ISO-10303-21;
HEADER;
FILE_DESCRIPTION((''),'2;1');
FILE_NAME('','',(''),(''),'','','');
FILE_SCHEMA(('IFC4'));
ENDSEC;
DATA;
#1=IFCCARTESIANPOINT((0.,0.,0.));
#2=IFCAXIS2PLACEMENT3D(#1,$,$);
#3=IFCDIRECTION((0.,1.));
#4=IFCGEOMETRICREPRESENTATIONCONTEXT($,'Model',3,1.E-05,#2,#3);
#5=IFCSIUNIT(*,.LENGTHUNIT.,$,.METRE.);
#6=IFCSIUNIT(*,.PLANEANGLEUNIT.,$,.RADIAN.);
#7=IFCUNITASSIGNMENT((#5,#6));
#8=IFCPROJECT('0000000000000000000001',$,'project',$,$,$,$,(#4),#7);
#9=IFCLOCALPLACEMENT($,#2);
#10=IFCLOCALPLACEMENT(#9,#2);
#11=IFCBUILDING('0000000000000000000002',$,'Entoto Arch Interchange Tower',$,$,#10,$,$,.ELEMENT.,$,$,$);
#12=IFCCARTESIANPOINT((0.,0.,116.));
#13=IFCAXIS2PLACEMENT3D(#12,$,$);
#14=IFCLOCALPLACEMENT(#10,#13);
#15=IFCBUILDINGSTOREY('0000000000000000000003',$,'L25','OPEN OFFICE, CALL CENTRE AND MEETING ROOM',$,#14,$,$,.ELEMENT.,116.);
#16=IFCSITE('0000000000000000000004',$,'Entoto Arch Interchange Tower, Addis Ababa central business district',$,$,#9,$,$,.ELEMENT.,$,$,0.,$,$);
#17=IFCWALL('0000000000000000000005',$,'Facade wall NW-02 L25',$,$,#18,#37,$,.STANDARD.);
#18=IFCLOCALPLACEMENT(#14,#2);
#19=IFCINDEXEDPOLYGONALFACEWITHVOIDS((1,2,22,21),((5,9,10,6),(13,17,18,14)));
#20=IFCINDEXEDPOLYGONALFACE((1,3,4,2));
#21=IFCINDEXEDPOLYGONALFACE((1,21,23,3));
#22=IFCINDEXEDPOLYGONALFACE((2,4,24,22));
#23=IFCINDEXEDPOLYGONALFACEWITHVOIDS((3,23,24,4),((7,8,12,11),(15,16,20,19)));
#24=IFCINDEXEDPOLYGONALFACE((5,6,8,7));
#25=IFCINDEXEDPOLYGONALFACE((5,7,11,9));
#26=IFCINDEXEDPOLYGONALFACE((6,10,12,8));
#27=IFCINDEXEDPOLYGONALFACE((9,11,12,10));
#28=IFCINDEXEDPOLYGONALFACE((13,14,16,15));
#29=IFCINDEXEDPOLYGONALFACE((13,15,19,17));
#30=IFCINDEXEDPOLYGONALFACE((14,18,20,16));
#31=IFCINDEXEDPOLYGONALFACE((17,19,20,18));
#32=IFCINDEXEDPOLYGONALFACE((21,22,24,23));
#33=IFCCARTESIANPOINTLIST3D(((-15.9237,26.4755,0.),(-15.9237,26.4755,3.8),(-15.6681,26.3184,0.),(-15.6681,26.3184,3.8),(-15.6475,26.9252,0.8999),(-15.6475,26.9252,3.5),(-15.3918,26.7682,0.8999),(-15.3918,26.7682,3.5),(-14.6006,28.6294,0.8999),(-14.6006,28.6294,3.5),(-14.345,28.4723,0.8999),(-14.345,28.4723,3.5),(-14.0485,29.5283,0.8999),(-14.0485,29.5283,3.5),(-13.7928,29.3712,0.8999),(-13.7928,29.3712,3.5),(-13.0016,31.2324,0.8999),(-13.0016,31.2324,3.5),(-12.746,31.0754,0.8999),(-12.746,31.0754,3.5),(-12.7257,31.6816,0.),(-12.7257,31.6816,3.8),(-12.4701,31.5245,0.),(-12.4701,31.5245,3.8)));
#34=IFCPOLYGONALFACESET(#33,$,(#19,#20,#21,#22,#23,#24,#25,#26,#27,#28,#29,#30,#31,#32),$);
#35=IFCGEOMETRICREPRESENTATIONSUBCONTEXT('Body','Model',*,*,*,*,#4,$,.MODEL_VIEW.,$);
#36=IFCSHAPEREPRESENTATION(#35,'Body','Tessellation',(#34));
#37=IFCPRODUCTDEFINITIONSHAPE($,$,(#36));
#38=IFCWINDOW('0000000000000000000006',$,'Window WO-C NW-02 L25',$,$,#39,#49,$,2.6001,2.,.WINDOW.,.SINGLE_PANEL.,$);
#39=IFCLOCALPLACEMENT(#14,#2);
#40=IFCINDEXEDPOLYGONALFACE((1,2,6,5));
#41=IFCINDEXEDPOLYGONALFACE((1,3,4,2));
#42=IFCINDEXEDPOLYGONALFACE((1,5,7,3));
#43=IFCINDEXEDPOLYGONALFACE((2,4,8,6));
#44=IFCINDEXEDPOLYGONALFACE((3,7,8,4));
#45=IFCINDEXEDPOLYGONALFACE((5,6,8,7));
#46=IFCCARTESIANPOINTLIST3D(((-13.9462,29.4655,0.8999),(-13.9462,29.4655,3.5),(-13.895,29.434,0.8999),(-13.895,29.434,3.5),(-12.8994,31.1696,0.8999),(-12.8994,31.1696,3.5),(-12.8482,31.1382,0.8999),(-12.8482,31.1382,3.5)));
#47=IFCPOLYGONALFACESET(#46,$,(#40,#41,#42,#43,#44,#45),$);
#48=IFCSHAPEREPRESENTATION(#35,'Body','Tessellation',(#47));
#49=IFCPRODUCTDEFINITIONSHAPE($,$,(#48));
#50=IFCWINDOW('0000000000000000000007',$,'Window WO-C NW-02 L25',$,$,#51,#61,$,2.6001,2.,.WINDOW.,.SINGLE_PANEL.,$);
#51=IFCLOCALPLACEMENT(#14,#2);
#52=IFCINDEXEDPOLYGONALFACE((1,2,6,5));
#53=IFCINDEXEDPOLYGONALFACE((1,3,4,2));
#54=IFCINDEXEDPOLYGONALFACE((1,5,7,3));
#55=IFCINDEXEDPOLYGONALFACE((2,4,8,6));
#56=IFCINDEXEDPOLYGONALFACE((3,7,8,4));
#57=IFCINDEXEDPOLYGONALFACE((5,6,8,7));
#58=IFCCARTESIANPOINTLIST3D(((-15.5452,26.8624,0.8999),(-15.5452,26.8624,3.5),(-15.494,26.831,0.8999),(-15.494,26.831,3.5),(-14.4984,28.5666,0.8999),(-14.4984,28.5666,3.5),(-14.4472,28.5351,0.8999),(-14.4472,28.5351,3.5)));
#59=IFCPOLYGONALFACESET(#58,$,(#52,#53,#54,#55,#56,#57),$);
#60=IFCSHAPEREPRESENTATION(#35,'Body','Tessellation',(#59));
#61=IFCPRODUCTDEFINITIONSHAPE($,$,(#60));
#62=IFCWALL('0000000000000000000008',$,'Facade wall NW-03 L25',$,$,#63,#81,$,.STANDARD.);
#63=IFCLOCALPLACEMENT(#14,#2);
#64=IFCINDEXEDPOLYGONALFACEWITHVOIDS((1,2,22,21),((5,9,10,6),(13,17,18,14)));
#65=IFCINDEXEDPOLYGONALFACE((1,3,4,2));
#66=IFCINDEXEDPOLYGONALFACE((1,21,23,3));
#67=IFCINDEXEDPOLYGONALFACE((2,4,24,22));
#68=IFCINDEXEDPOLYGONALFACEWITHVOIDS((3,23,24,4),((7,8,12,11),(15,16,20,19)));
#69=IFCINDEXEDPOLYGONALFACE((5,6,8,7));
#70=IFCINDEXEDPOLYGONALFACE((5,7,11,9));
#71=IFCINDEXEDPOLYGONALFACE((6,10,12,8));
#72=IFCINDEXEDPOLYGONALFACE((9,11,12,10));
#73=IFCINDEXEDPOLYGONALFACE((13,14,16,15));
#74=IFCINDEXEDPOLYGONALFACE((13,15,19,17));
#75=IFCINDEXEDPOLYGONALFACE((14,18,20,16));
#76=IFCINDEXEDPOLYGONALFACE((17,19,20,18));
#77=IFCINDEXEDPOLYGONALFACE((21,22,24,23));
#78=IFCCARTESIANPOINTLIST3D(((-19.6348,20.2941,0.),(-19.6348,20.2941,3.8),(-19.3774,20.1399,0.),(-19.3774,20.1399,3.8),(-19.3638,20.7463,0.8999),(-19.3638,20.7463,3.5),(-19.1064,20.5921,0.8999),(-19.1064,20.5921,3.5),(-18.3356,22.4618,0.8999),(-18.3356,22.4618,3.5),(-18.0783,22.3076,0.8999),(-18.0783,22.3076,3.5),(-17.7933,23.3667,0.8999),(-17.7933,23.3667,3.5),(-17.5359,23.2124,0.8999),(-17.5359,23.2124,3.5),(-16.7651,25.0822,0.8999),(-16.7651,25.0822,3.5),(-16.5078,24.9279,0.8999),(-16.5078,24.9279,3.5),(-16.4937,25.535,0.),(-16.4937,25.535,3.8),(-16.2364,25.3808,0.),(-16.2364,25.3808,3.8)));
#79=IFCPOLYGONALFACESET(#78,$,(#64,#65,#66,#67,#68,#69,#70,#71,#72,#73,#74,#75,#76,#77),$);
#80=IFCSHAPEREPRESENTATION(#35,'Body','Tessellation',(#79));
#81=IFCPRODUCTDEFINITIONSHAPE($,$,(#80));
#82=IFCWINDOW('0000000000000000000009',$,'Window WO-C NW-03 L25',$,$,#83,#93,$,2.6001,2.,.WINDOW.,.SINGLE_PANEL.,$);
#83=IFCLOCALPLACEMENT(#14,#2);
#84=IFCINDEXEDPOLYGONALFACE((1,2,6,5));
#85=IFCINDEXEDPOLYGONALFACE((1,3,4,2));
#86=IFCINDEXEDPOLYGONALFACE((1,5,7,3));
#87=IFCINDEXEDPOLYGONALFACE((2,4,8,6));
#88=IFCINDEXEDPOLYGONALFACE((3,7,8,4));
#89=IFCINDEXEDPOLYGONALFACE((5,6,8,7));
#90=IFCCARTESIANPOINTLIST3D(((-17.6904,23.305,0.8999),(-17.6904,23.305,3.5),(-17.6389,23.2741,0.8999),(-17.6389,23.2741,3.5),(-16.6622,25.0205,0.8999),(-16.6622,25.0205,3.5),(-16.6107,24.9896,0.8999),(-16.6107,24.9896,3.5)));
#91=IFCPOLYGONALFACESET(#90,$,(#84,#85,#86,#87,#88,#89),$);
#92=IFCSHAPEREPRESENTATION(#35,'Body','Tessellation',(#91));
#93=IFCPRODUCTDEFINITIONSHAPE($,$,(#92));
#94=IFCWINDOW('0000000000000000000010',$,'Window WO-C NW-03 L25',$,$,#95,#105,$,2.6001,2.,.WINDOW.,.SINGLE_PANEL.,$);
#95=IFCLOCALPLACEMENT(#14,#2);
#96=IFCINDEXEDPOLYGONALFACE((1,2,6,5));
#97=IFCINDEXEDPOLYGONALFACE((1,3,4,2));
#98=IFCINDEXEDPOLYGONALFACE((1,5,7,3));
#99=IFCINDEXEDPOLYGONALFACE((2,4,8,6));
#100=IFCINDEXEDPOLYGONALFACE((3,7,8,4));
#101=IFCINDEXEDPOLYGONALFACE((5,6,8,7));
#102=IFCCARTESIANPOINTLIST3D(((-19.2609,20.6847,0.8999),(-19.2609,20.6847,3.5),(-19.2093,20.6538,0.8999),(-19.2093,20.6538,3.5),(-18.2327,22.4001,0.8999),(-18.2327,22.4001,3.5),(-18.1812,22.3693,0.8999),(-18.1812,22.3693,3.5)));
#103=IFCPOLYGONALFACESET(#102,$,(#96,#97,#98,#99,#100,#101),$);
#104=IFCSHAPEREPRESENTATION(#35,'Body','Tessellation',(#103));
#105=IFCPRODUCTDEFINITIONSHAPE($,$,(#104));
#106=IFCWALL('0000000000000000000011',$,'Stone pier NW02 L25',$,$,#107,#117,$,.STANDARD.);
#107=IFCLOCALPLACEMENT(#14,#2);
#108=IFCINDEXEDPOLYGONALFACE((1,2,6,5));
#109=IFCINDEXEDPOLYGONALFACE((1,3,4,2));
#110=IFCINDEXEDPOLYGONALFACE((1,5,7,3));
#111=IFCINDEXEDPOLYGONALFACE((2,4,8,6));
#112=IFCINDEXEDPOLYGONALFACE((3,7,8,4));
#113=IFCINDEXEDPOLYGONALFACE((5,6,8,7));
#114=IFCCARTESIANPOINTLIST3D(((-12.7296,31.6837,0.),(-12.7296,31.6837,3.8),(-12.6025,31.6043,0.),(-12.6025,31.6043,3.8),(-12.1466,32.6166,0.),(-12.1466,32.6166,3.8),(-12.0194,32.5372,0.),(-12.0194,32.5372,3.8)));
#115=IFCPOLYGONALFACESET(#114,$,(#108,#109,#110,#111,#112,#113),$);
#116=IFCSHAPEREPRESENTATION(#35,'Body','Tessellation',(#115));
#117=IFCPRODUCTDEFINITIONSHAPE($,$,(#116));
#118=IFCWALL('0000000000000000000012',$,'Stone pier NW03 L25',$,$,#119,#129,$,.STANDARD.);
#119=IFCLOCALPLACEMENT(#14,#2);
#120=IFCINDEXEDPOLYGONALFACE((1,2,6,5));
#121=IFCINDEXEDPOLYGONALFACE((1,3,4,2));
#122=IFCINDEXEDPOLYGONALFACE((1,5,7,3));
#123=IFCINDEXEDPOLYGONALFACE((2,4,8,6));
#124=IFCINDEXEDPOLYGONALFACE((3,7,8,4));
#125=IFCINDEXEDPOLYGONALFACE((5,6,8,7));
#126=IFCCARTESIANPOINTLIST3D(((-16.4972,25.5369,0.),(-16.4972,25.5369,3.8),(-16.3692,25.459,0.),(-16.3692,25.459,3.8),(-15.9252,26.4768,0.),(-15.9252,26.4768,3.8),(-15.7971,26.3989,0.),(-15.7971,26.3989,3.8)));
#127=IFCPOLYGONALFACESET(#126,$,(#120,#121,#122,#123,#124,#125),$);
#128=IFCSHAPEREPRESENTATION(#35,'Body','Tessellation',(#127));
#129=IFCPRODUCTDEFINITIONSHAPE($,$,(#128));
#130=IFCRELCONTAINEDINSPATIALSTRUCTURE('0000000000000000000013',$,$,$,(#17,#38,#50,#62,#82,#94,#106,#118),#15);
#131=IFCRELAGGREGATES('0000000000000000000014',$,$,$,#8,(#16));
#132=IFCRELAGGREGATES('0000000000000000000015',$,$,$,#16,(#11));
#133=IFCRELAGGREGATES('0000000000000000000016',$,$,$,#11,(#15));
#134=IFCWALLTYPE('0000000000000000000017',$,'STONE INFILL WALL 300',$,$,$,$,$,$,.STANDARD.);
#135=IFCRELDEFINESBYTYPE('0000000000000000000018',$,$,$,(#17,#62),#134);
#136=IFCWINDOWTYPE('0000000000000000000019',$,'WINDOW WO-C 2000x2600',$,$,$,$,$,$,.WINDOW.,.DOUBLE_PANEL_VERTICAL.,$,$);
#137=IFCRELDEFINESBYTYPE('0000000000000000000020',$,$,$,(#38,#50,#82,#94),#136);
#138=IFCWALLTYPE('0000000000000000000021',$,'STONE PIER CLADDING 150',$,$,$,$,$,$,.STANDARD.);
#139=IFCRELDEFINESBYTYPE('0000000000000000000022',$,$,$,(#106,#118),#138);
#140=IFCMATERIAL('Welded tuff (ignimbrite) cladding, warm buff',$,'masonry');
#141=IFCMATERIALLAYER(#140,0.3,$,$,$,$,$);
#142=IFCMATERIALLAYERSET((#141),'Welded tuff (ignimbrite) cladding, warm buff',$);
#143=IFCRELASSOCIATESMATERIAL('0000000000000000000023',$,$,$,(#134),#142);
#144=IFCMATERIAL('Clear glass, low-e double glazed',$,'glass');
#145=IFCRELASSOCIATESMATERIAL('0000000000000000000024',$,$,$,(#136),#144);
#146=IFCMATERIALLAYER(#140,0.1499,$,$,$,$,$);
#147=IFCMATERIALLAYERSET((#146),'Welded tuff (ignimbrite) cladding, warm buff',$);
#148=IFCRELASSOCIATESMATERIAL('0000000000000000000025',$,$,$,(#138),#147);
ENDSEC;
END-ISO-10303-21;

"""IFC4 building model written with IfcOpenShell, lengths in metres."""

from ifc_helpers import new_model, si_unit, direction, frame, frame_2d, origin, place, context, subcontext, project, spatial, rectangle, extrude, material, layer, layer_set, type_object, element, fill, save


model = new_model("IFC4")

# Units and contexts
model_context = context("Model", 3, precision=1e-05, world=origin(), true_north=direction((0.0, 1.0)))
body_context = subcontext(model_context, "Body", "Model", "MODEL_VIEW")
ifc_project = project(units=[si_unit("LENGTHUNIT", "METRE"), si_unit("PLANEANGLEUNIT", "RADIAN")], contexts=[model_context])

# Site, building, storey
site_placement = place(None, origin())
site = spatial("IfcSite", under=ifc_project, at=site_placement, Name="Entoto Arch Interchange Tower, Addis Ababa central business district", CompositionType="ELEMENT", RefElevation=0.0)
building_placement = place(site_placement, origin())
building = spatial("IfcBuilding", under=site, at=building_placement, Name="Entoto Arch Interchange Tower", CompositionType="ELEMENT")
storey_placement = place(building_placement, frame((0.0, 0.0, 116.0)))
storey = spatial("IfcBuildingStorey", under=building, at=storey_placement, Name="L25", Description="OPEN OFFICE, CALL CENTRE AND MEETING ROOM", CompositionType="ELEMENT", Elevation=116.0)

# Walls, openings, windows
ifc_material_1 = material(Name="Welded tuff (ignimbrite) cladding, warm buff", Category="masonry")
ifc_layer_1 = layer(ifc_material_1, 0.3)
ifc_layer_set_1 = layer_set([ifc_layer_1], Name="Welded tuff (ignimbrite) cladding, warm buff")
wall_type_1 = type_object("IfcWallType", Name="STONE INFILL WALL 300", PredefinedType="STANDARD", material=ifc_layer_set_1)
wall_1_placement = place(storey_placement, frame((-12.5979, 31.603, 0.0), z_axis=(0.0, 0.0, 1.0), x_axis=(-0.523417, -0.852076, 0.0)))
wall_1 = element("IfcWall", 1, at=wall_1_placement, inside=storey, type_object=wall_type_1, Name="Facade wall NW-02 L25", PredefinedType="STANDARD", context=body_context, shape_type="SweptSolid", body=[
    extrude(rectangle(XDim=6.1099, YDim=0.3, at=frame_2d((3.0549, 0.0))), origin(), (0.0, 0.0, 1.0), 3.8),
])
opening_1_placement = place(wall_1_placement, frame((0.5271, 0.0, 0.8999)))
opening_1 = element("IfcOpeningElement", 2, at=opening_1_placement, cuts=wall_1, PredefinedType="OPENING", context=body_context, shape_type="SweptSolid", body=[
    extrude(rectangle(XDim=2.0, YDim=2.6001, at=frame_2d((1.0, 1.3))), frame((0.0, 0.1602, 0.0), z_axis=(0.0, -1.0, 0.0), x_axis=(1.0, 0.0, 0.0)), (0.0, 0.0, 1.0), 0.3201),
])
opening_2_placement = place(wall_1_placement, frame((3.582, 0.0, 0.8999)))
opening_2 = element("IfcOpeningElement", 3, at=opening_2_placement, cuts=wall_1, PredefinedType="OPENING", context=body_context, shape_type="SweptSolid", body=[
    extrude(rectangle(XDim=2.0, YDim=2.6001, at=frame_2d((1.0, 1.3))), frame((0.0, 0.1602, 0.0), z_axis=(0.0, -1.0, 0.0), x_axis=(1.0, 0.0, 0.0)), (0.0, 0.0, 1.0), 0.3201),
])
ifc_material_2 = material(Name="Clear glass, low-e double glazed", Category="glass")
window_type = type_object("IfcWindowType", Name="WINDOW WO-C 2000x2600", PartitioningType="DOUBLE_PANEL_VERTICAL", PredefinedType="WINDOW", material=ifc_material_2)
window_1_placement = place(opening_1_placement, origin())
window_1 = element("IfcWindow", 4, at=window_1_placement, inside=storey, type_object=window_type, Name="Window WO-C NW-02 L25", OverallHeight=2.6001, OverallWidth=2.0, PartitioningType="SINGLE_PANEL", PredefinedType="WINDOW", context=body_context, shape_type="SweptSolid", body=[
    extrude(rectangle(XDim=2.0, YDim=2.6001, at=frame_2d((1.0, 1.3))), frame((0.0, 0.03, 0.0), z_axis=(0.0, -1.0, 0.0), x_axis=(1.0, 0.0, 0.0)), (0.0, 0.0, 1.0), 0.0601),
])
fill(opening_1, window_1)
window_2_placement = place(opening_2_placement, origin())
window_2 = element("IfcWindow", 5, at=window_2_placement, inside=storey, type_object=window_type, Name="Window WO-C NW-02 L25", OverallHeight=2.6001, OverallWidth=2.0, PartitioningType="SINGLE_PANEL", PredefinedType="WINDOW", context=body_context, shape_type="SweptSolid", body=[
    extrude(rectangle(XDim=2.0, YDim=2.6001, at=frame_2d((1.0, 1.3))), frame((0.0, 0.03, 0.0), z_axis=(0.0, -1.0, 0.0), x_axis=(1.0, 0.0, 0.0)), (0.0, 0.0, 1.0), 0.0601),
])
fill(opening_2, window_2)
wall_2_placement = place(storey_placement, frame((-16.365, 25.458, 0.0), z_axis=(0.0, 0.0, 1.0), x_axis=(-0.514079, -0.857743, 0.0)))
wall_2 = element("IfcWall", 6, at=wall_2_placement, inside=storey, type_object=wall_type_1, Name="Facade wall NW-03 L25", PredefinedType="STANDARD", context=body_context, shape_type="SweptSolid", body=[
    extrude(rectangle(XDim=6.1101, YDim=0.3, at=frame_2d((3.0552, 0.0))), origin(), (0.0, 0.0, 1.0), 3.8),
])
opening_3_placement = place(wall_2_placement, frame((0.5281, 0.0, 0.8999)))
opening_3 = element("IfcOpeningElement", 7, at=opening_3_placement, cuts=wall_2, PredefinedType="OPENING", context=body_context, shape_type="SweptSolid", body=[
    extrude(rectangle(XDim=2.0, YDim=2.6001, at=frame_2d((1.0, 1.3))), frame((0.0, 0.1602, 0.0), z_axis=(0.0, -1.0, 0.0), x_axis=(1.0, 0.0, 0.0)), (0.0, 0.0, 1.0), 0.3201),
])
opening_4_placement = place(wall_2_placement, frame((3.583, 0.0, 0.8999)))
opening_4 = element("IfcOpeningElement", 8, at=opening_4_placement, cuts=wall_2, PredefinedType="OPENING", context=body_context, shape_type="SweptSolid", body=[
    extrude(rectangle(XDim=2.0, YDim=2.6001, at=frame_2d((1.0, 1.3))), frame((0.0, 0.1602, 0.0), z_axis=(0.0, -1.0, 0.0), x_axis=(1.0, 0.0, 0.0)), (0.0, 0.0, 1.0), 0.3201),
])
window_3_placement = place(opening_3_placement, origin())
window_3 = element("IfcWindow", 9, at=window_3_placement, inside=storey, type_object=window_type, Name="Window WO-C NW-03 L25", OverallHeight=2.6001, OverallWidth=2.0, PartitioningType="SINGLE_PANEL", PredefinedType="WINDOW", context=body_context, shape_type="SweptSolid", body=[
    extrude(rectangle(XDim=2.0, YDim=2.6001, at=frame_2d((1.0, 1.3))), frame((0.0, 0.03, 0.0), z_axis=(0.0, -1.0, 0.0), x_axis=(1.0, 0.0, 0.0)), (0.0, 0.0, 1.0), 0.0601),
])
fill(opening_3, window_3)
window_4_placement = place(opening_4_placement, origin())
window_4 = element("IfcWindow", 10, at=window_4_placement, inside=storey, type_object=window_type, Name="Window WO-C NW-03 L25", OverallHeight=2.6001, OverallWidth=2.0, PartitioningType="SINGLE_PANEL", PredefinedType="WINDOW", context=body_context, shape_type="SweptSolid", body=[
    extrude(rectangle(XDim=2.0, YDim=2.6001, at=frame_2d((1.0, 1.3))), frame((0.0, 0.03, 0.0), z_axis=(0.0, -1.0, 0.0), x_axis=(1.0, 0.0, 0.0)), (0.0, 0.0, 1.0), 0.0601),
])
fill(opening_4, window_4)

# Walls
ifc_layer_2 = layer(ifc_material_1, 0.1499)
ifc_layer_set_2 = layer_set([ifc_layer_2], Name="Welded tuff (ignimbrite) cladding, warm buff")
wall_type_2 = type_object("IfcWallType", Name="STONE PIER CLADDING 150", PredefinedType="STANDARD", material=ifc_layer_set_2)
wall_3_placement = place(storey_placement, frame((-12.083, 32.5769, 0.0), z_axis=(0.0, 0.0, 1.0), x_axis=(-0.529979, -0.848011, 0.0)))
element("IfcWall", 11, at=wall_3_placement, inside=storey, type_object=wall_type_2, Name="Stone pier NW02 L25", PredefinedType="STANDARD", context=body_context, shape_type="SweptSolid", body=[
    extrude(rectangle(XDim=1.1001, YDim=0.1499, at=frame_2d((0.55, 0.0))), origin(), (0.0, 0.0, 1.0), 3.8),
])
wall_4_placement = place(storey_placement, frame((-15.8611, 26.438, 0.0), z_axis=(0.0, 0.0, 1.0), x_axis=(-0.51987, -0.854246, 0.0)))
element("IfcWall", 12, at=wall_4_placement, inside=storey, type_object=wall_type_2, Name="Stone pier NW03 L25", PredefinedType="STANDARD", context=body_context, shape_type="SweptSolid", body=[
    extrude(rectangle(XDim=1.1003, YDim=0.1499, at=frame_2d((0.5503, 0.0))), origin(), (0.0, 0.0, 1.0), 3.8),
])

save(model, "model.ifc")
